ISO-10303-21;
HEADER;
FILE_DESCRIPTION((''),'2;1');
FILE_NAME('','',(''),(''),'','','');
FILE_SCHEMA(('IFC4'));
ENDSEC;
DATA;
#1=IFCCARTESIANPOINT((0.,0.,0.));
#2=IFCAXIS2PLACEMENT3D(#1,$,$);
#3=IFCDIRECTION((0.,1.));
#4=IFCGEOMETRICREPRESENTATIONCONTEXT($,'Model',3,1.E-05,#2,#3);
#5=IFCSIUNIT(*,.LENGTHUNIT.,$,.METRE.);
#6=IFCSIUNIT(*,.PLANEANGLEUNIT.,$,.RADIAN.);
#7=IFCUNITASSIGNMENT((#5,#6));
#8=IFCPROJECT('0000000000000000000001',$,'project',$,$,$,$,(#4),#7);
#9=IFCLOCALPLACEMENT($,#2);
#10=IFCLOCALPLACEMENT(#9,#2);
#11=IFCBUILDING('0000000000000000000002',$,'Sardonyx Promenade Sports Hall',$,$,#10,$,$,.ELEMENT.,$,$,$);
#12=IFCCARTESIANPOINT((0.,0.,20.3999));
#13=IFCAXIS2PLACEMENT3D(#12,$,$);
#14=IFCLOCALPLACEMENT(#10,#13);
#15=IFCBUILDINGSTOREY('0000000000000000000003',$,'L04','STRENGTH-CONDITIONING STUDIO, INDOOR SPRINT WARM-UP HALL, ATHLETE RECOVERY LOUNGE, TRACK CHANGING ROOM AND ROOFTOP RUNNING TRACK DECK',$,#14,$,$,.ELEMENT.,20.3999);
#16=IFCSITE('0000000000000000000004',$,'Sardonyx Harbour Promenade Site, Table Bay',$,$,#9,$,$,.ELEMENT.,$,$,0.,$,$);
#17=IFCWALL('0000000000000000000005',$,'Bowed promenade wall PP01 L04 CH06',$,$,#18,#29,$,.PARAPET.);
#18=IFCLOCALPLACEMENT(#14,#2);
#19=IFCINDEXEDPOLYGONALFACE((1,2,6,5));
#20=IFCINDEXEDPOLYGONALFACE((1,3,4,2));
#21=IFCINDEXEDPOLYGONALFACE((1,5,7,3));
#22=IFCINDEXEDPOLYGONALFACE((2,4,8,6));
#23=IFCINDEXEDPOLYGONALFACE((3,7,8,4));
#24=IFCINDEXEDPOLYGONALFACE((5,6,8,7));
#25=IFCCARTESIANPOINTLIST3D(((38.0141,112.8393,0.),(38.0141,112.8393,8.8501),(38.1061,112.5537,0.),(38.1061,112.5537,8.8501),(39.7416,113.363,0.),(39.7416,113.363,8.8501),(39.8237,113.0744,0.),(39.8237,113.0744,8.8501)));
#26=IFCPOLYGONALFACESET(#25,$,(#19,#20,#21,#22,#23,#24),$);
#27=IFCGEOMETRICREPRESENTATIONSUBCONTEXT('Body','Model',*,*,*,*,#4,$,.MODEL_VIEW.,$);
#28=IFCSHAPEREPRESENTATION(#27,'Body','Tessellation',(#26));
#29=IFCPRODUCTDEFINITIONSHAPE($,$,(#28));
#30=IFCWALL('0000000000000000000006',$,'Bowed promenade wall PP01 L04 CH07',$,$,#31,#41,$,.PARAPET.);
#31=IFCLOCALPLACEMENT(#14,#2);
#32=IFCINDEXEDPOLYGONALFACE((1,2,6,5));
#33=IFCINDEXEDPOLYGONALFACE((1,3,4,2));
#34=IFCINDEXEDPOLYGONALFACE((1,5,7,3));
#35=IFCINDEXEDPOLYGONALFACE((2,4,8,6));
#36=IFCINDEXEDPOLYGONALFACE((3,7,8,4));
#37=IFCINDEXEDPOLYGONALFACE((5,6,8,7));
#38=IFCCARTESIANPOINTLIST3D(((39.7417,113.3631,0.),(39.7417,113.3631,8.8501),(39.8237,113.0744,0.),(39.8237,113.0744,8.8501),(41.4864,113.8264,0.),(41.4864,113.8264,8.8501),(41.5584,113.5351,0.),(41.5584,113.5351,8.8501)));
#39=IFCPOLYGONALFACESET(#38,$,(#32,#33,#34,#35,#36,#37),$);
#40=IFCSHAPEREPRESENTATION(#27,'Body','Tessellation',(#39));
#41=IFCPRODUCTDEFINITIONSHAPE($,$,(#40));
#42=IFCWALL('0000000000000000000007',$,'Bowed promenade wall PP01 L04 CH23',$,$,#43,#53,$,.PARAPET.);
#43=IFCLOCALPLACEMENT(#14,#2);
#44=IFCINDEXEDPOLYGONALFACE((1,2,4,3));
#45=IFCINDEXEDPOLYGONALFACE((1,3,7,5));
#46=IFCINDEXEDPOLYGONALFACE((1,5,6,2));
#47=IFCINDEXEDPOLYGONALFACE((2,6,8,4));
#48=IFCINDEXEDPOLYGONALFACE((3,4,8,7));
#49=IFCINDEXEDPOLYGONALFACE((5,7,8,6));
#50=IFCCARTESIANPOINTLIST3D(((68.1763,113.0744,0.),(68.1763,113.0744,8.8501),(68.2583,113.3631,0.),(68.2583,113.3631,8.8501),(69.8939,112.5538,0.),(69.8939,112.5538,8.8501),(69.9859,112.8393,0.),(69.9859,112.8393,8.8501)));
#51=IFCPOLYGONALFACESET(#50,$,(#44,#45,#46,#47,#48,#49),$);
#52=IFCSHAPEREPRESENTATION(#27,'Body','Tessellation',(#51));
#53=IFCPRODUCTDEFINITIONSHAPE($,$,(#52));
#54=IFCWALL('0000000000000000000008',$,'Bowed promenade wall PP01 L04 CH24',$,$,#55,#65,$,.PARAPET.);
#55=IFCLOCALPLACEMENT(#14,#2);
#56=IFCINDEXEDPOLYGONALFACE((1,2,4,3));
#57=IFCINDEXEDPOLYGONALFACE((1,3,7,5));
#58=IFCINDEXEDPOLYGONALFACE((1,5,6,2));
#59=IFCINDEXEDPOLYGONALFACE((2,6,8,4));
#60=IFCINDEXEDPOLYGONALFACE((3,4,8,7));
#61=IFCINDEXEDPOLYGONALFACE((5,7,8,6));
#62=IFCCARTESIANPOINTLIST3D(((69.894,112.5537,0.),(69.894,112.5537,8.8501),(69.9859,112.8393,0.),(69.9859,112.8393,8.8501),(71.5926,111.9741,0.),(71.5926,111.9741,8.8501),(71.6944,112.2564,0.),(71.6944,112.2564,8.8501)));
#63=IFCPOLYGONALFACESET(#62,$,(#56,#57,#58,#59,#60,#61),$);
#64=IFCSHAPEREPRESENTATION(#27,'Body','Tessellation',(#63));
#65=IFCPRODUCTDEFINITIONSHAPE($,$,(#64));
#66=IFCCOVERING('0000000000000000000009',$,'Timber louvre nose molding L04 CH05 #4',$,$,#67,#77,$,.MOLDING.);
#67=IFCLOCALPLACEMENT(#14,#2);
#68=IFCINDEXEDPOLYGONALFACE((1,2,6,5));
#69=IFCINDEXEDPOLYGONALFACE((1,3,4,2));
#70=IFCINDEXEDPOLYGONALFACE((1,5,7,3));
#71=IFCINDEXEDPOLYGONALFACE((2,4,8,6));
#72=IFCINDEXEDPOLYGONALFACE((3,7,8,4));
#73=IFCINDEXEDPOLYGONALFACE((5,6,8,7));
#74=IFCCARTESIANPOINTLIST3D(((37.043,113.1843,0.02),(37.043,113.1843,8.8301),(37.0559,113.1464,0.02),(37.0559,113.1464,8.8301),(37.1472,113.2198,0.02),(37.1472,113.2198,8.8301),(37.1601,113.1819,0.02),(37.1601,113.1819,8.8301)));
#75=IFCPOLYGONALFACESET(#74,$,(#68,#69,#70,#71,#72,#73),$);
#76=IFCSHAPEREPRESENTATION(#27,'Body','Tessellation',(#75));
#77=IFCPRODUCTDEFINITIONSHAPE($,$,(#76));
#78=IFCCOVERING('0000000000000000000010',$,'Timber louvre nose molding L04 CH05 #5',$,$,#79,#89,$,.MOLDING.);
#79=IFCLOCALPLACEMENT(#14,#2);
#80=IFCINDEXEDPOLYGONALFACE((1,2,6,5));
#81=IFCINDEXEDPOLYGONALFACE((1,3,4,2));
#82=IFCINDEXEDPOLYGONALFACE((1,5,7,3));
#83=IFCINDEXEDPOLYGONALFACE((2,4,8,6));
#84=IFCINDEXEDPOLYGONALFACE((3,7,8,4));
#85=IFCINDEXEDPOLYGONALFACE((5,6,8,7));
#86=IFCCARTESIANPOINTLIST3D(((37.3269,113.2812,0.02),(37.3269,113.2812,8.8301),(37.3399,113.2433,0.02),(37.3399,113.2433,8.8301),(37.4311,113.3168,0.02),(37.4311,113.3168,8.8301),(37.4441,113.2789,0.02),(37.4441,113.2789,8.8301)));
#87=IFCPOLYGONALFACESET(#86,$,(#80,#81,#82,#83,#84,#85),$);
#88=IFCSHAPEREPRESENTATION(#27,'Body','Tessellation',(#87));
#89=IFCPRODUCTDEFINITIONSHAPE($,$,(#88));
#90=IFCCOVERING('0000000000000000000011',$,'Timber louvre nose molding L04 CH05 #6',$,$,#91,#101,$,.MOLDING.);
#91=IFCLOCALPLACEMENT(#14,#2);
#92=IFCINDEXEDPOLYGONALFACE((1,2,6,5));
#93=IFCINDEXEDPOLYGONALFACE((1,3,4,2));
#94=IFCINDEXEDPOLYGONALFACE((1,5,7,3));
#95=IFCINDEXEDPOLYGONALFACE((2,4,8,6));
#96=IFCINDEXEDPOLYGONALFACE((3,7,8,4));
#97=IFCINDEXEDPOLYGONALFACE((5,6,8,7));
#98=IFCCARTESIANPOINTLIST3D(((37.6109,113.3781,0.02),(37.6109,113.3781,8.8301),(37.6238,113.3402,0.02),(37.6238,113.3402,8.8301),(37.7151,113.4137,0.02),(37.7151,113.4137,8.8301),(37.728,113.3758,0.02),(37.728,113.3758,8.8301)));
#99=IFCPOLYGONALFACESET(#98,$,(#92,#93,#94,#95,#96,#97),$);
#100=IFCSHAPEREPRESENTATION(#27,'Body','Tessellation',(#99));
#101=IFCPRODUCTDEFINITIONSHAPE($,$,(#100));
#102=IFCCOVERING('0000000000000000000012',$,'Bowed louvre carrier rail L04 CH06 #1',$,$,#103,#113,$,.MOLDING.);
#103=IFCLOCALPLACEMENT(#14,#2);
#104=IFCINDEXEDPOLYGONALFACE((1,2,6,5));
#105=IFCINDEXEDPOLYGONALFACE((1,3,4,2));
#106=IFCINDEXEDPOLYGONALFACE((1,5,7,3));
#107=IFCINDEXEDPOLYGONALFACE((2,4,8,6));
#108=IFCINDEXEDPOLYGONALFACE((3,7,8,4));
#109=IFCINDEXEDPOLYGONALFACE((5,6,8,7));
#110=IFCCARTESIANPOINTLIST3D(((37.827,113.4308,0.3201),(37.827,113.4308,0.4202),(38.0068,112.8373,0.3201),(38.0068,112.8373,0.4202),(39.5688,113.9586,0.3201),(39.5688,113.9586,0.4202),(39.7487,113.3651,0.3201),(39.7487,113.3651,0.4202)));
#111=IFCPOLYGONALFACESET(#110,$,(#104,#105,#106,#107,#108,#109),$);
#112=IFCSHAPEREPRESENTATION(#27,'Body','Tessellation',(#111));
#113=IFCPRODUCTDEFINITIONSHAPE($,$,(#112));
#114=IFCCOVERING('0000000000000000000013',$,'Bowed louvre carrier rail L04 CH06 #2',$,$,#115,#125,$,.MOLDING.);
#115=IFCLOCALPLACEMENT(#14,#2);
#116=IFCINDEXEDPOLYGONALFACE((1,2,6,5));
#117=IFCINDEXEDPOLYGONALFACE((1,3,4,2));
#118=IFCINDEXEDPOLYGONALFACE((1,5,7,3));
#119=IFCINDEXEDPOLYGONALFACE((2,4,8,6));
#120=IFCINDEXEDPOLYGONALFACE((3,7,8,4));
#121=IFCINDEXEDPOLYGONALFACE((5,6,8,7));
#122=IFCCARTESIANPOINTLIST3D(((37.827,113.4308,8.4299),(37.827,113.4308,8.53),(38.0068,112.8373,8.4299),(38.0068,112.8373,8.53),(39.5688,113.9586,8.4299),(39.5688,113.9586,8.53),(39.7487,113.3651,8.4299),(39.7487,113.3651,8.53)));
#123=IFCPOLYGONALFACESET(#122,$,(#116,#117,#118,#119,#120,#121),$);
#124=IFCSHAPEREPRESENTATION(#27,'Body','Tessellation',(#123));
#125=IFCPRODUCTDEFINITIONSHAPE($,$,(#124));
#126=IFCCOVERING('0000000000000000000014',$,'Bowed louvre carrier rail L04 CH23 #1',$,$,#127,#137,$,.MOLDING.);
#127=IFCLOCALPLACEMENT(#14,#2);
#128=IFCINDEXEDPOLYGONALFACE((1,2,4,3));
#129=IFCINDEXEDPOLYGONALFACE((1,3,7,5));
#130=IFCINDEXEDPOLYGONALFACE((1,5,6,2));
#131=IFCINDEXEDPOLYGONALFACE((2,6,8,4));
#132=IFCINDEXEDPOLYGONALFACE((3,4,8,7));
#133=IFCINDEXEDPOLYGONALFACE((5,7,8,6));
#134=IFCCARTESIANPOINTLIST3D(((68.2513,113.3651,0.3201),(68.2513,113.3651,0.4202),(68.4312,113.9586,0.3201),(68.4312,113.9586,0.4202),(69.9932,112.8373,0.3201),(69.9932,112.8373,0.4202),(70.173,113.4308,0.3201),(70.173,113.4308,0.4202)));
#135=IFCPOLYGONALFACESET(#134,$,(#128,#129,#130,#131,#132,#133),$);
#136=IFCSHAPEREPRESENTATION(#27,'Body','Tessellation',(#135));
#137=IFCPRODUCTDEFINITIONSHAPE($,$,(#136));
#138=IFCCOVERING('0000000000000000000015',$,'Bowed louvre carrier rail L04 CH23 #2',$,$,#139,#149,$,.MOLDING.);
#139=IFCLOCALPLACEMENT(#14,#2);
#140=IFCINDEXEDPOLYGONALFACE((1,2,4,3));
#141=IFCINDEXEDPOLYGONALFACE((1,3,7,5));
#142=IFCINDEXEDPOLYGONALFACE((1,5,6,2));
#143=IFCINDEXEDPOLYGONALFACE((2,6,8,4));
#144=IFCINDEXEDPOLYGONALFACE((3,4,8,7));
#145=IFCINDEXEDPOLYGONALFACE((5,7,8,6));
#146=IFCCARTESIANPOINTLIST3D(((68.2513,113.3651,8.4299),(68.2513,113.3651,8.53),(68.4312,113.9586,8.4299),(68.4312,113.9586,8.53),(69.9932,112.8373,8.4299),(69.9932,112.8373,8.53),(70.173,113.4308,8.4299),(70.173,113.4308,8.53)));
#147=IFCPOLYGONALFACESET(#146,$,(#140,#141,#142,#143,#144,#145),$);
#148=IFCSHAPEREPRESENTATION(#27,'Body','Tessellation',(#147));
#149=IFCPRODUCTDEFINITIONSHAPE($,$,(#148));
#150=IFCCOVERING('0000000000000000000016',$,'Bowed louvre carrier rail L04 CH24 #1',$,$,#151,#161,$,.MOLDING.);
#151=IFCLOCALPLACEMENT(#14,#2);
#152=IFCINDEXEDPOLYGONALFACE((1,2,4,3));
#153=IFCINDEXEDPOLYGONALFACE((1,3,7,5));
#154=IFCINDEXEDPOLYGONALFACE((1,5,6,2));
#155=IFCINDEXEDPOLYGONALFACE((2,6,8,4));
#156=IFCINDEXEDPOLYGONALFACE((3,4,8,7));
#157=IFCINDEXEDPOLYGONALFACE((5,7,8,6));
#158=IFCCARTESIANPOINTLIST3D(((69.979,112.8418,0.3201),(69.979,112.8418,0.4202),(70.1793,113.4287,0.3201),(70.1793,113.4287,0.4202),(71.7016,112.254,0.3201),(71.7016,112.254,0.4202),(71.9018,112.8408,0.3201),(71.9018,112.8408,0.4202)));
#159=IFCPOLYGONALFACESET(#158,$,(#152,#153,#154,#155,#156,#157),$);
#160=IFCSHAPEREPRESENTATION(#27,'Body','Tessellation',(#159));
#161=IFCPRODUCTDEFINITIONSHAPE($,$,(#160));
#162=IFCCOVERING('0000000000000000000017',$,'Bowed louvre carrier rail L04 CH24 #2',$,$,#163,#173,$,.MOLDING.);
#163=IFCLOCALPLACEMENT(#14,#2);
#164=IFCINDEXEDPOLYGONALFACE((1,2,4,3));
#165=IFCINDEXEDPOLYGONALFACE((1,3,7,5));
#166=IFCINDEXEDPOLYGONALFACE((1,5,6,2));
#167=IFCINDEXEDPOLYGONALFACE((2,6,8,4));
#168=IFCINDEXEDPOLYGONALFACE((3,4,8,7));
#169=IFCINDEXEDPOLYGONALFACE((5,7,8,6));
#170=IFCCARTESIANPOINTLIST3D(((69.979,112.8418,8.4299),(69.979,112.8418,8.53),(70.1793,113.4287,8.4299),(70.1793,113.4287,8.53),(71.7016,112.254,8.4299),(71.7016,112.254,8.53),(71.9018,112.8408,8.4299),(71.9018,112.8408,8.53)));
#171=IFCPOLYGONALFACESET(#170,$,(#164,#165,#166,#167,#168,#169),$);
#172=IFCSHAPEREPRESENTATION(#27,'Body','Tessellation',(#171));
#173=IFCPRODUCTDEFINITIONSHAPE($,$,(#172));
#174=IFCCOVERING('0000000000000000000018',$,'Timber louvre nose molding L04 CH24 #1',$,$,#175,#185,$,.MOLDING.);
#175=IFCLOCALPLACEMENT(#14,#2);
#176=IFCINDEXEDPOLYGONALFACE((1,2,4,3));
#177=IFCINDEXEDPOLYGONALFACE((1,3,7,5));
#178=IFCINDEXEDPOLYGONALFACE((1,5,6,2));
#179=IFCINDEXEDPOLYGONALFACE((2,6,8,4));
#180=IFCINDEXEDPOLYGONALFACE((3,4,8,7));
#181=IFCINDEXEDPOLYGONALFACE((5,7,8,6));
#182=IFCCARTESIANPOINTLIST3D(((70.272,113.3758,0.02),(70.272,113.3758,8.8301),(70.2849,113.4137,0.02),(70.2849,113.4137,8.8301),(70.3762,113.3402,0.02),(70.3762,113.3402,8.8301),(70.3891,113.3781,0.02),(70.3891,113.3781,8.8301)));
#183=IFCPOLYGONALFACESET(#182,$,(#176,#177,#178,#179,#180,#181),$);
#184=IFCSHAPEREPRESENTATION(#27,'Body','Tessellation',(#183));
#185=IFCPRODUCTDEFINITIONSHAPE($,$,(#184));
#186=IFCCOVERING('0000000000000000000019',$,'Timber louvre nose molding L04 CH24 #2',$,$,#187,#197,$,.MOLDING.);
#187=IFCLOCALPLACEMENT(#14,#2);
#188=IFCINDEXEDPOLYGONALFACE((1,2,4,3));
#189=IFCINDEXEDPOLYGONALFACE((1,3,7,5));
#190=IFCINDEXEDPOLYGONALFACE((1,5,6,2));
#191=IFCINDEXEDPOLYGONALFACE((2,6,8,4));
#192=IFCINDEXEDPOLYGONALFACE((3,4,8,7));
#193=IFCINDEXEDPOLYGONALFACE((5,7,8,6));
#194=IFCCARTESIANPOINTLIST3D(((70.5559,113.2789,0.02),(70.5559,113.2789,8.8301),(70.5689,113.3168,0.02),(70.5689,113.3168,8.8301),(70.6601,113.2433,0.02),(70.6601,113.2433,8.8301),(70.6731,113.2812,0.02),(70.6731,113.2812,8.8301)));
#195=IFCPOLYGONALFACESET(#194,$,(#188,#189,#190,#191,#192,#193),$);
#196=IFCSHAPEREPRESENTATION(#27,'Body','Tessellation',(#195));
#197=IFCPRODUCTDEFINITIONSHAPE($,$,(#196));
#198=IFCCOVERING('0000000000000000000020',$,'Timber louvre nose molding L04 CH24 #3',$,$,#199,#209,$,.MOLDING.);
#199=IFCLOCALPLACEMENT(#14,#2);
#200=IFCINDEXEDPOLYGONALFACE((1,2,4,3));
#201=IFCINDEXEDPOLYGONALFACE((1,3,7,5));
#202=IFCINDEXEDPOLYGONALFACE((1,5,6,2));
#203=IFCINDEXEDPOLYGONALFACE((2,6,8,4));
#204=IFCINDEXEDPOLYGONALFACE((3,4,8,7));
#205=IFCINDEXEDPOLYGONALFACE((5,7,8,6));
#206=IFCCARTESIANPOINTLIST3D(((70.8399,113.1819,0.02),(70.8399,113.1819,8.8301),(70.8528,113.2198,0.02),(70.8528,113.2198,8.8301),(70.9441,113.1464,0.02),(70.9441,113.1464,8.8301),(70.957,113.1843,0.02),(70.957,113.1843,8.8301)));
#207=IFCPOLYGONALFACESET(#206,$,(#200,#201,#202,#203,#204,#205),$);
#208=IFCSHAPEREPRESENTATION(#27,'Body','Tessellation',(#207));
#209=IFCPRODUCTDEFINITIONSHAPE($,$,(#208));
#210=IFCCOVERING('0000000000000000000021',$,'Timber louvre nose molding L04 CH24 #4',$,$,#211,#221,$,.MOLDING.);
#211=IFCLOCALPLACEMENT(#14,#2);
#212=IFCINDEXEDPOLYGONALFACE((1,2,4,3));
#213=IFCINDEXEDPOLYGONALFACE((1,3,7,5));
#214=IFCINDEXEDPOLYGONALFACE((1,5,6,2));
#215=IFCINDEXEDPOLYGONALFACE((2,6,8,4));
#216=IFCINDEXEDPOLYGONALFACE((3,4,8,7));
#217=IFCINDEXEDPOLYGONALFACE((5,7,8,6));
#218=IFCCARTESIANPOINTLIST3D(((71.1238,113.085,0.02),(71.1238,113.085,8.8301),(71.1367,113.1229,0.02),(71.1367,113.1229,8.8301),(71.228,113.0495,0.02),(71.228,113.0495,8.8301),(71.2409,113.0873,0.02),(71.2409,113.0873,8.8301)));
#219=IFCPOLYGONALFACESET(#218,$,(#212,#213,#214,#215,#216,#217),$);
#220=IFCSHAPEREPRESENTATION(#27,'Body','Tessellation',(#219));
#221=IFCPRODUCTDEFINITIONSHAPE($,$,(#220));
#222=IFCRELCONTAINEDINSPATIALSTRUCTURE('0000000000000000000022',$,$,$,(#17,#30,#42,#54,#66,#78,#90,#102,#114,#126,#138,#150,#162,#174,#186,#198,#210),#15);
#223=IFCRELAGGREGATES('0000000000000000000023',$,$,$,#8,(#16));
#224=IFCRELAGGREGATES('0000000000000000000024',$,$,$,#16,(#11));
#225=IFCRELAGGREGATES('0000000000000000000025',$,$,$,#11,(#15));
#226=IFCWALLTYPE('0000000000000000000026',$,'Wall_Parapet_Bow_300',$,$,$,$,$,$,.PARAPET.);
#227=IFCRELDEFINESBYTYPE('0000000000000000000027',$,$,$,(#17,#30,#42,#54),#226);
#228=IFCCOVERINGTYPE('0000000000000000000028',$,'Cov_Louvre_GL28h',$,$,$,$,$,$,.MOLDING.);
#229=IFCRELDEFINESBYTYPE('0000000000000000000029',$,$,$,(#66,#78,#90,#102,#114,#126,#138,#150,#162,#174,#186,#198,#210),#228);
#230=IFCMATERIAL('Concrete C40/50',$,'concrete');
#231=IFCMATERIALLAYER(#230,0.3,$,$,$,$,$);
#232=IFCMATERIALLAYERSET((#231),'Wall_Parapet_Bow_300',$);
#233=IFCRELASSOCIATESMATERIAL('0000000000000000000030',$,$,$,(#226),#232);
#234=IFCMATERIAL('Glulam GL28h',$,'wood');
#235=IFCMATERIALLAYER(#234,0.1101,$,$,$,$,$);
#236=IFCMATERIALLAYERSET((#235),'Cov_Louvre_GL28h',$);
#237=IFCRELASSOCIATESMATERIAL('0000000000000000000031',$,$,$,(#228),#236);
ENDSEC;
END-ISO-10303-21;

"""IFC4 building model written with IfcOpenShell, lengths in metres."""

from ifc_helpers import new_model, si_unit, direction, frame, origin, origin_2d, place, context, subcontext, project, spatial, polyline, rectangle, outline, extrude, material, layer, layer_set, type_object, element, save


model = new_model("IFC4")

# Units and contexts
model_context = context("Model", 3, precision=1e-05, world=origin(), true_north=direction((0.0, 1.0)))
body_context = subcontext(model_context, "Body", "Model", "MODEL_VIEW")
ifc_project = project(units=[si_unit("LENGTHUNIT", "METRE"), si_unit("PLANEANGLEUNIT", "RADIAN")], contexts=[model_context])

# Site, building, storey
site_placement = place(None, origin())
site = spatial("IfcSite", under=ifc_project, at=site_placement, Name="Sardonyx Harbour Promenade Site, Table Bay", CompositionType="ELEMENT", RefElevation=0.0)
building_placement = place(site_placement, origin())
building = spatial("IfcBuilding", under=site, at=building_placement, Name="Sardonyx Promenade Sports Hall", CompositionType="ELEMENT")
storey_placement = place(building_placement, frame((0.0, 0.0, 20.3999)))
storey = spatial("IfcBuildingStorey", under=building, at=storey_placement, Name="L04", Description="STRENGTH-CONDITIONING STUDIO, INDOOR SPRINT WARM-UP HALL, ATHLETE RECOVERY LOUNGE, TRACK CHANGING ROOM AND ROOFTOP RUNNING TRACK DECK", CompositionType="ELEMENT", Elevation=20.3999)

# Walls
ifc_material_1 = material(Name="Concrete C40/50", Category="concrete")
ifc_layer_1 = layer(ifc_material_1, 0.3)
ifc_layer_set_1 = layer_set([ifc_layer_1], Name="Wall_Parapet_Bow_300")
wall_type = type_object("IfcWallType", Name="Wall_Parapet_Bow_300", PredefinedType="PARAPET", material=ifc_layer_set_1)
wall_1_placement = place(storey_placement, frame((38.0601, 112.6965, 0.0), z_axis=(0.0, 0.0, 1.0), x_axis=(0.956994, 0.290109, 0.0)))
element("IfcWall", 1, at=wall_1_placement, inside=storey, type_object=wall_type, Name="Bowed promenade wall PP01 L04 CH06", PredefinedType="PARAPET", context=body_context, shape_type="SweptSolid", body=[
    extrude(outline(polyline([(0.0026, -0.15), (1.7974, -0.15), (1.8026, 0.15), (-0.0026, 0.15), (0.0026, -0.15)])), origin(), (0.0, 0.0, 1.0), 8.8501),
])
wall_2_placement = place(storey_placement, frame((39.7827, 113.2188, 0.0), z_axis=(0.0, 0.0, 1.0), x_axis=(0.966505, 0.256649, 0.0)))
element("IfcWall", 2, at=wall_2_placement, inside=storey, type_object=wall_type, Name="Bowed promenade wall PP01 L04 CH07", PredefinedType="PARAPET", context=body_context, shape_type="SweptSolid", body=[
    extrude(outline(polyline([(0.0026, -0.15), (1.7974, -0.15), (1.8026, 0.15), (-0.0026, 0.15), (0.0026, -0.15)])), origin(), (0.0, 0.0, 1.0), 8.8501),
])
for number, where, z_axis, x_axis, name in (
    (3, (68.2173, 113.2188, 0.0), (0.0, 0.0, 1.0), (0.956994, -0.290109, 0.0), "Bowed promenade wall PP01 L04 CH23"),
    (4, (69.9399, 112.6965, 0.0), (0.0, 0.0, 1.0), (0.946422, -0.322934, 0.0), "Bowed promenade wall PP01 L04 CH24"),
):
    element("IfcWall", number, at=place(storey_placement, frame(where, z_axis=z_axis, x_axis=x_axis)), inside=storey, type_object=wall_type, Name=name, PredefinedType="PARAPET", context=body_context, shape_type="SweptSolid", body=[
        extrude(outline(polyline([(0.0026, -0.15), (1.7974, -0.15), (1.8026, 0.15), (-0.0026, 0.15), (0.0026, -0.15)])), origin(), (0.0, 0.0, 1.0), 8.8501),
    ])

# Coverings
ifc_material_2 = material(Name="Glulam GL28h", Category="wood")
ifc_layer_2 = layer(ifc_material_2, 0.1101)
ifc_layer_set_2 = layer_set([ifc_layer_2], Name="Cov_Louvre_GL28h")
covering_type = type_object("IfcCoveringType", Name="Cov_Louvre_GL28h", PredefinedType="MOLDING", material=ifc_layer_set_2)
for number, where, z_axis, x_axis, name in (
    (5, (37.1016, 113.1831, 0.02), (0.0, 0.0, 1.0), (0.946411, 0.322966, 0.0), "Timber louvre nose molding L04 CH05 #4"),
    (6, (37.3855, 113.28, 0.02), (0.0, 0.0, 1.0), (0.946411, 0.322966, 0.0), "Timber louvre nose molding L04 CH05 #5"),
    (7, (37.6694, 113.377, 0.02), (0.0, 0.0, 1.0), (0.946411, 0.322966, 0.0), "Timber louvre nose molding L04 CH05 #6"),
):
    element("IfcCovering", number, at=place(storey_placement, frame(where, z_axis=z_axis, x_axis=x_axis)), inside=storey, type_object=covering_type, Name=name, PredefinedType="MOLDING", context=body_context, shape_type="SweptSolid", body=[
        extrude(rectangle(XDim=0.1101, YDim=0.04, at=origin_2d()), origin(), (0.0, 0.0, 1.0), 8.8101),
    ])
for number, where, z_axis, x_axis, name in (
    (8, (38.7878, 113.3979, 0.3201), (0.0, 0.0, 1.0), (0.957021, 0.290017, 0.0), "Bowed louvre carrier rail L04 CH06 #1"),
    (9, (38.7878, 113.3979, 8.4299), (0.0, 0.0, 1.0), (0.957021, 0.290017, 0.0), "Bowed louvre carrier rail L04 CH06 #2"),
    (10, (69.2122, 113.3979, 0.3201), (0.0, 0.0, 1.0), (0.957021, -0.290017, 0.0), "Bowed louvre carrier rail L04 CH23 #1"),
    (11, (69.2122, 113.3979, 8.4299), (0.0, 0.0, 1.0), (0.957021, -0.290017, 0.0), "Bowed louvre carrier rail L04 CH23 #2"),
    (12, (70.9404, 112.8413, 0.3201), (0.0, 0.0, 1.0), (0.946411, -0.322966, 0.0), "Bowed louvre carrier rail L04 CH24 #1"),
    (13, (70.9404, 112.8413, 8.4299), (0.0, 0.0, 1.0), (0.946411, -0.322966, 0.0), "Bowed louvre carrier rail L04 CH24 #2"),
):
    element("IfcCovering", number, at=place(storey_placement, frame(where, z_axis=z_axis, x_axis=x_axis)), inside=storey, type_object=covering_type, Name=name, PredefinedType="MOLDING", context=body_context, shape_type="SweptSolid", body=[
        extrude(rectangle(XDim=1.8201, YDim=0.6201, at=origin_2d()), origin(), (0.0, 0.0, 1.0), 0.1001),
    ])
for number, where, z_axis, x_axis, name in (
    (14, (70.3306, 113.377, 0.02), (0.0, 0.0, 1.0), (0.946411, -0.322966, 0.0), "Timber louvre nose molding L04 CH24 #1"),
    (15, (70.6145, 113.28, 0.02), (0.0, 0.0, 1.0), (0.946411, -0.322966, 0.0), "Timber louvre nose molding L04 CH24 #2"),
    (16, (70.8984, 113.1831, 0.02), (0.0, 0.0, 1.0), (0.946411, -0.322966, 0.0), "Timber louvre nose molding L04 CH24 #3"),
    (17, (71.1824, 113.0862, 0.02), (0.0, 0.0, 1.0), (0.946411, -0.322966, 0.0), "Timber louvre nose molding L04 CH24 #4"),
):
    element("IfcCovering", number, at=place(storey_placement, frame(where, z_axis=z_axis, x_axis=x_axis)), inside=storey, type_object=covering_type, Name=name, PredefinedType="MOLDING", context=body_context, shape_type="SweptSolid", body=[
        extrude(rectangle(XDim=0.1101, YDim=0.04, at=origin_2d()), origin(), (0.0, 0.0, 1.0), 8.8101),
    ])

save(model, "model.ifc")
